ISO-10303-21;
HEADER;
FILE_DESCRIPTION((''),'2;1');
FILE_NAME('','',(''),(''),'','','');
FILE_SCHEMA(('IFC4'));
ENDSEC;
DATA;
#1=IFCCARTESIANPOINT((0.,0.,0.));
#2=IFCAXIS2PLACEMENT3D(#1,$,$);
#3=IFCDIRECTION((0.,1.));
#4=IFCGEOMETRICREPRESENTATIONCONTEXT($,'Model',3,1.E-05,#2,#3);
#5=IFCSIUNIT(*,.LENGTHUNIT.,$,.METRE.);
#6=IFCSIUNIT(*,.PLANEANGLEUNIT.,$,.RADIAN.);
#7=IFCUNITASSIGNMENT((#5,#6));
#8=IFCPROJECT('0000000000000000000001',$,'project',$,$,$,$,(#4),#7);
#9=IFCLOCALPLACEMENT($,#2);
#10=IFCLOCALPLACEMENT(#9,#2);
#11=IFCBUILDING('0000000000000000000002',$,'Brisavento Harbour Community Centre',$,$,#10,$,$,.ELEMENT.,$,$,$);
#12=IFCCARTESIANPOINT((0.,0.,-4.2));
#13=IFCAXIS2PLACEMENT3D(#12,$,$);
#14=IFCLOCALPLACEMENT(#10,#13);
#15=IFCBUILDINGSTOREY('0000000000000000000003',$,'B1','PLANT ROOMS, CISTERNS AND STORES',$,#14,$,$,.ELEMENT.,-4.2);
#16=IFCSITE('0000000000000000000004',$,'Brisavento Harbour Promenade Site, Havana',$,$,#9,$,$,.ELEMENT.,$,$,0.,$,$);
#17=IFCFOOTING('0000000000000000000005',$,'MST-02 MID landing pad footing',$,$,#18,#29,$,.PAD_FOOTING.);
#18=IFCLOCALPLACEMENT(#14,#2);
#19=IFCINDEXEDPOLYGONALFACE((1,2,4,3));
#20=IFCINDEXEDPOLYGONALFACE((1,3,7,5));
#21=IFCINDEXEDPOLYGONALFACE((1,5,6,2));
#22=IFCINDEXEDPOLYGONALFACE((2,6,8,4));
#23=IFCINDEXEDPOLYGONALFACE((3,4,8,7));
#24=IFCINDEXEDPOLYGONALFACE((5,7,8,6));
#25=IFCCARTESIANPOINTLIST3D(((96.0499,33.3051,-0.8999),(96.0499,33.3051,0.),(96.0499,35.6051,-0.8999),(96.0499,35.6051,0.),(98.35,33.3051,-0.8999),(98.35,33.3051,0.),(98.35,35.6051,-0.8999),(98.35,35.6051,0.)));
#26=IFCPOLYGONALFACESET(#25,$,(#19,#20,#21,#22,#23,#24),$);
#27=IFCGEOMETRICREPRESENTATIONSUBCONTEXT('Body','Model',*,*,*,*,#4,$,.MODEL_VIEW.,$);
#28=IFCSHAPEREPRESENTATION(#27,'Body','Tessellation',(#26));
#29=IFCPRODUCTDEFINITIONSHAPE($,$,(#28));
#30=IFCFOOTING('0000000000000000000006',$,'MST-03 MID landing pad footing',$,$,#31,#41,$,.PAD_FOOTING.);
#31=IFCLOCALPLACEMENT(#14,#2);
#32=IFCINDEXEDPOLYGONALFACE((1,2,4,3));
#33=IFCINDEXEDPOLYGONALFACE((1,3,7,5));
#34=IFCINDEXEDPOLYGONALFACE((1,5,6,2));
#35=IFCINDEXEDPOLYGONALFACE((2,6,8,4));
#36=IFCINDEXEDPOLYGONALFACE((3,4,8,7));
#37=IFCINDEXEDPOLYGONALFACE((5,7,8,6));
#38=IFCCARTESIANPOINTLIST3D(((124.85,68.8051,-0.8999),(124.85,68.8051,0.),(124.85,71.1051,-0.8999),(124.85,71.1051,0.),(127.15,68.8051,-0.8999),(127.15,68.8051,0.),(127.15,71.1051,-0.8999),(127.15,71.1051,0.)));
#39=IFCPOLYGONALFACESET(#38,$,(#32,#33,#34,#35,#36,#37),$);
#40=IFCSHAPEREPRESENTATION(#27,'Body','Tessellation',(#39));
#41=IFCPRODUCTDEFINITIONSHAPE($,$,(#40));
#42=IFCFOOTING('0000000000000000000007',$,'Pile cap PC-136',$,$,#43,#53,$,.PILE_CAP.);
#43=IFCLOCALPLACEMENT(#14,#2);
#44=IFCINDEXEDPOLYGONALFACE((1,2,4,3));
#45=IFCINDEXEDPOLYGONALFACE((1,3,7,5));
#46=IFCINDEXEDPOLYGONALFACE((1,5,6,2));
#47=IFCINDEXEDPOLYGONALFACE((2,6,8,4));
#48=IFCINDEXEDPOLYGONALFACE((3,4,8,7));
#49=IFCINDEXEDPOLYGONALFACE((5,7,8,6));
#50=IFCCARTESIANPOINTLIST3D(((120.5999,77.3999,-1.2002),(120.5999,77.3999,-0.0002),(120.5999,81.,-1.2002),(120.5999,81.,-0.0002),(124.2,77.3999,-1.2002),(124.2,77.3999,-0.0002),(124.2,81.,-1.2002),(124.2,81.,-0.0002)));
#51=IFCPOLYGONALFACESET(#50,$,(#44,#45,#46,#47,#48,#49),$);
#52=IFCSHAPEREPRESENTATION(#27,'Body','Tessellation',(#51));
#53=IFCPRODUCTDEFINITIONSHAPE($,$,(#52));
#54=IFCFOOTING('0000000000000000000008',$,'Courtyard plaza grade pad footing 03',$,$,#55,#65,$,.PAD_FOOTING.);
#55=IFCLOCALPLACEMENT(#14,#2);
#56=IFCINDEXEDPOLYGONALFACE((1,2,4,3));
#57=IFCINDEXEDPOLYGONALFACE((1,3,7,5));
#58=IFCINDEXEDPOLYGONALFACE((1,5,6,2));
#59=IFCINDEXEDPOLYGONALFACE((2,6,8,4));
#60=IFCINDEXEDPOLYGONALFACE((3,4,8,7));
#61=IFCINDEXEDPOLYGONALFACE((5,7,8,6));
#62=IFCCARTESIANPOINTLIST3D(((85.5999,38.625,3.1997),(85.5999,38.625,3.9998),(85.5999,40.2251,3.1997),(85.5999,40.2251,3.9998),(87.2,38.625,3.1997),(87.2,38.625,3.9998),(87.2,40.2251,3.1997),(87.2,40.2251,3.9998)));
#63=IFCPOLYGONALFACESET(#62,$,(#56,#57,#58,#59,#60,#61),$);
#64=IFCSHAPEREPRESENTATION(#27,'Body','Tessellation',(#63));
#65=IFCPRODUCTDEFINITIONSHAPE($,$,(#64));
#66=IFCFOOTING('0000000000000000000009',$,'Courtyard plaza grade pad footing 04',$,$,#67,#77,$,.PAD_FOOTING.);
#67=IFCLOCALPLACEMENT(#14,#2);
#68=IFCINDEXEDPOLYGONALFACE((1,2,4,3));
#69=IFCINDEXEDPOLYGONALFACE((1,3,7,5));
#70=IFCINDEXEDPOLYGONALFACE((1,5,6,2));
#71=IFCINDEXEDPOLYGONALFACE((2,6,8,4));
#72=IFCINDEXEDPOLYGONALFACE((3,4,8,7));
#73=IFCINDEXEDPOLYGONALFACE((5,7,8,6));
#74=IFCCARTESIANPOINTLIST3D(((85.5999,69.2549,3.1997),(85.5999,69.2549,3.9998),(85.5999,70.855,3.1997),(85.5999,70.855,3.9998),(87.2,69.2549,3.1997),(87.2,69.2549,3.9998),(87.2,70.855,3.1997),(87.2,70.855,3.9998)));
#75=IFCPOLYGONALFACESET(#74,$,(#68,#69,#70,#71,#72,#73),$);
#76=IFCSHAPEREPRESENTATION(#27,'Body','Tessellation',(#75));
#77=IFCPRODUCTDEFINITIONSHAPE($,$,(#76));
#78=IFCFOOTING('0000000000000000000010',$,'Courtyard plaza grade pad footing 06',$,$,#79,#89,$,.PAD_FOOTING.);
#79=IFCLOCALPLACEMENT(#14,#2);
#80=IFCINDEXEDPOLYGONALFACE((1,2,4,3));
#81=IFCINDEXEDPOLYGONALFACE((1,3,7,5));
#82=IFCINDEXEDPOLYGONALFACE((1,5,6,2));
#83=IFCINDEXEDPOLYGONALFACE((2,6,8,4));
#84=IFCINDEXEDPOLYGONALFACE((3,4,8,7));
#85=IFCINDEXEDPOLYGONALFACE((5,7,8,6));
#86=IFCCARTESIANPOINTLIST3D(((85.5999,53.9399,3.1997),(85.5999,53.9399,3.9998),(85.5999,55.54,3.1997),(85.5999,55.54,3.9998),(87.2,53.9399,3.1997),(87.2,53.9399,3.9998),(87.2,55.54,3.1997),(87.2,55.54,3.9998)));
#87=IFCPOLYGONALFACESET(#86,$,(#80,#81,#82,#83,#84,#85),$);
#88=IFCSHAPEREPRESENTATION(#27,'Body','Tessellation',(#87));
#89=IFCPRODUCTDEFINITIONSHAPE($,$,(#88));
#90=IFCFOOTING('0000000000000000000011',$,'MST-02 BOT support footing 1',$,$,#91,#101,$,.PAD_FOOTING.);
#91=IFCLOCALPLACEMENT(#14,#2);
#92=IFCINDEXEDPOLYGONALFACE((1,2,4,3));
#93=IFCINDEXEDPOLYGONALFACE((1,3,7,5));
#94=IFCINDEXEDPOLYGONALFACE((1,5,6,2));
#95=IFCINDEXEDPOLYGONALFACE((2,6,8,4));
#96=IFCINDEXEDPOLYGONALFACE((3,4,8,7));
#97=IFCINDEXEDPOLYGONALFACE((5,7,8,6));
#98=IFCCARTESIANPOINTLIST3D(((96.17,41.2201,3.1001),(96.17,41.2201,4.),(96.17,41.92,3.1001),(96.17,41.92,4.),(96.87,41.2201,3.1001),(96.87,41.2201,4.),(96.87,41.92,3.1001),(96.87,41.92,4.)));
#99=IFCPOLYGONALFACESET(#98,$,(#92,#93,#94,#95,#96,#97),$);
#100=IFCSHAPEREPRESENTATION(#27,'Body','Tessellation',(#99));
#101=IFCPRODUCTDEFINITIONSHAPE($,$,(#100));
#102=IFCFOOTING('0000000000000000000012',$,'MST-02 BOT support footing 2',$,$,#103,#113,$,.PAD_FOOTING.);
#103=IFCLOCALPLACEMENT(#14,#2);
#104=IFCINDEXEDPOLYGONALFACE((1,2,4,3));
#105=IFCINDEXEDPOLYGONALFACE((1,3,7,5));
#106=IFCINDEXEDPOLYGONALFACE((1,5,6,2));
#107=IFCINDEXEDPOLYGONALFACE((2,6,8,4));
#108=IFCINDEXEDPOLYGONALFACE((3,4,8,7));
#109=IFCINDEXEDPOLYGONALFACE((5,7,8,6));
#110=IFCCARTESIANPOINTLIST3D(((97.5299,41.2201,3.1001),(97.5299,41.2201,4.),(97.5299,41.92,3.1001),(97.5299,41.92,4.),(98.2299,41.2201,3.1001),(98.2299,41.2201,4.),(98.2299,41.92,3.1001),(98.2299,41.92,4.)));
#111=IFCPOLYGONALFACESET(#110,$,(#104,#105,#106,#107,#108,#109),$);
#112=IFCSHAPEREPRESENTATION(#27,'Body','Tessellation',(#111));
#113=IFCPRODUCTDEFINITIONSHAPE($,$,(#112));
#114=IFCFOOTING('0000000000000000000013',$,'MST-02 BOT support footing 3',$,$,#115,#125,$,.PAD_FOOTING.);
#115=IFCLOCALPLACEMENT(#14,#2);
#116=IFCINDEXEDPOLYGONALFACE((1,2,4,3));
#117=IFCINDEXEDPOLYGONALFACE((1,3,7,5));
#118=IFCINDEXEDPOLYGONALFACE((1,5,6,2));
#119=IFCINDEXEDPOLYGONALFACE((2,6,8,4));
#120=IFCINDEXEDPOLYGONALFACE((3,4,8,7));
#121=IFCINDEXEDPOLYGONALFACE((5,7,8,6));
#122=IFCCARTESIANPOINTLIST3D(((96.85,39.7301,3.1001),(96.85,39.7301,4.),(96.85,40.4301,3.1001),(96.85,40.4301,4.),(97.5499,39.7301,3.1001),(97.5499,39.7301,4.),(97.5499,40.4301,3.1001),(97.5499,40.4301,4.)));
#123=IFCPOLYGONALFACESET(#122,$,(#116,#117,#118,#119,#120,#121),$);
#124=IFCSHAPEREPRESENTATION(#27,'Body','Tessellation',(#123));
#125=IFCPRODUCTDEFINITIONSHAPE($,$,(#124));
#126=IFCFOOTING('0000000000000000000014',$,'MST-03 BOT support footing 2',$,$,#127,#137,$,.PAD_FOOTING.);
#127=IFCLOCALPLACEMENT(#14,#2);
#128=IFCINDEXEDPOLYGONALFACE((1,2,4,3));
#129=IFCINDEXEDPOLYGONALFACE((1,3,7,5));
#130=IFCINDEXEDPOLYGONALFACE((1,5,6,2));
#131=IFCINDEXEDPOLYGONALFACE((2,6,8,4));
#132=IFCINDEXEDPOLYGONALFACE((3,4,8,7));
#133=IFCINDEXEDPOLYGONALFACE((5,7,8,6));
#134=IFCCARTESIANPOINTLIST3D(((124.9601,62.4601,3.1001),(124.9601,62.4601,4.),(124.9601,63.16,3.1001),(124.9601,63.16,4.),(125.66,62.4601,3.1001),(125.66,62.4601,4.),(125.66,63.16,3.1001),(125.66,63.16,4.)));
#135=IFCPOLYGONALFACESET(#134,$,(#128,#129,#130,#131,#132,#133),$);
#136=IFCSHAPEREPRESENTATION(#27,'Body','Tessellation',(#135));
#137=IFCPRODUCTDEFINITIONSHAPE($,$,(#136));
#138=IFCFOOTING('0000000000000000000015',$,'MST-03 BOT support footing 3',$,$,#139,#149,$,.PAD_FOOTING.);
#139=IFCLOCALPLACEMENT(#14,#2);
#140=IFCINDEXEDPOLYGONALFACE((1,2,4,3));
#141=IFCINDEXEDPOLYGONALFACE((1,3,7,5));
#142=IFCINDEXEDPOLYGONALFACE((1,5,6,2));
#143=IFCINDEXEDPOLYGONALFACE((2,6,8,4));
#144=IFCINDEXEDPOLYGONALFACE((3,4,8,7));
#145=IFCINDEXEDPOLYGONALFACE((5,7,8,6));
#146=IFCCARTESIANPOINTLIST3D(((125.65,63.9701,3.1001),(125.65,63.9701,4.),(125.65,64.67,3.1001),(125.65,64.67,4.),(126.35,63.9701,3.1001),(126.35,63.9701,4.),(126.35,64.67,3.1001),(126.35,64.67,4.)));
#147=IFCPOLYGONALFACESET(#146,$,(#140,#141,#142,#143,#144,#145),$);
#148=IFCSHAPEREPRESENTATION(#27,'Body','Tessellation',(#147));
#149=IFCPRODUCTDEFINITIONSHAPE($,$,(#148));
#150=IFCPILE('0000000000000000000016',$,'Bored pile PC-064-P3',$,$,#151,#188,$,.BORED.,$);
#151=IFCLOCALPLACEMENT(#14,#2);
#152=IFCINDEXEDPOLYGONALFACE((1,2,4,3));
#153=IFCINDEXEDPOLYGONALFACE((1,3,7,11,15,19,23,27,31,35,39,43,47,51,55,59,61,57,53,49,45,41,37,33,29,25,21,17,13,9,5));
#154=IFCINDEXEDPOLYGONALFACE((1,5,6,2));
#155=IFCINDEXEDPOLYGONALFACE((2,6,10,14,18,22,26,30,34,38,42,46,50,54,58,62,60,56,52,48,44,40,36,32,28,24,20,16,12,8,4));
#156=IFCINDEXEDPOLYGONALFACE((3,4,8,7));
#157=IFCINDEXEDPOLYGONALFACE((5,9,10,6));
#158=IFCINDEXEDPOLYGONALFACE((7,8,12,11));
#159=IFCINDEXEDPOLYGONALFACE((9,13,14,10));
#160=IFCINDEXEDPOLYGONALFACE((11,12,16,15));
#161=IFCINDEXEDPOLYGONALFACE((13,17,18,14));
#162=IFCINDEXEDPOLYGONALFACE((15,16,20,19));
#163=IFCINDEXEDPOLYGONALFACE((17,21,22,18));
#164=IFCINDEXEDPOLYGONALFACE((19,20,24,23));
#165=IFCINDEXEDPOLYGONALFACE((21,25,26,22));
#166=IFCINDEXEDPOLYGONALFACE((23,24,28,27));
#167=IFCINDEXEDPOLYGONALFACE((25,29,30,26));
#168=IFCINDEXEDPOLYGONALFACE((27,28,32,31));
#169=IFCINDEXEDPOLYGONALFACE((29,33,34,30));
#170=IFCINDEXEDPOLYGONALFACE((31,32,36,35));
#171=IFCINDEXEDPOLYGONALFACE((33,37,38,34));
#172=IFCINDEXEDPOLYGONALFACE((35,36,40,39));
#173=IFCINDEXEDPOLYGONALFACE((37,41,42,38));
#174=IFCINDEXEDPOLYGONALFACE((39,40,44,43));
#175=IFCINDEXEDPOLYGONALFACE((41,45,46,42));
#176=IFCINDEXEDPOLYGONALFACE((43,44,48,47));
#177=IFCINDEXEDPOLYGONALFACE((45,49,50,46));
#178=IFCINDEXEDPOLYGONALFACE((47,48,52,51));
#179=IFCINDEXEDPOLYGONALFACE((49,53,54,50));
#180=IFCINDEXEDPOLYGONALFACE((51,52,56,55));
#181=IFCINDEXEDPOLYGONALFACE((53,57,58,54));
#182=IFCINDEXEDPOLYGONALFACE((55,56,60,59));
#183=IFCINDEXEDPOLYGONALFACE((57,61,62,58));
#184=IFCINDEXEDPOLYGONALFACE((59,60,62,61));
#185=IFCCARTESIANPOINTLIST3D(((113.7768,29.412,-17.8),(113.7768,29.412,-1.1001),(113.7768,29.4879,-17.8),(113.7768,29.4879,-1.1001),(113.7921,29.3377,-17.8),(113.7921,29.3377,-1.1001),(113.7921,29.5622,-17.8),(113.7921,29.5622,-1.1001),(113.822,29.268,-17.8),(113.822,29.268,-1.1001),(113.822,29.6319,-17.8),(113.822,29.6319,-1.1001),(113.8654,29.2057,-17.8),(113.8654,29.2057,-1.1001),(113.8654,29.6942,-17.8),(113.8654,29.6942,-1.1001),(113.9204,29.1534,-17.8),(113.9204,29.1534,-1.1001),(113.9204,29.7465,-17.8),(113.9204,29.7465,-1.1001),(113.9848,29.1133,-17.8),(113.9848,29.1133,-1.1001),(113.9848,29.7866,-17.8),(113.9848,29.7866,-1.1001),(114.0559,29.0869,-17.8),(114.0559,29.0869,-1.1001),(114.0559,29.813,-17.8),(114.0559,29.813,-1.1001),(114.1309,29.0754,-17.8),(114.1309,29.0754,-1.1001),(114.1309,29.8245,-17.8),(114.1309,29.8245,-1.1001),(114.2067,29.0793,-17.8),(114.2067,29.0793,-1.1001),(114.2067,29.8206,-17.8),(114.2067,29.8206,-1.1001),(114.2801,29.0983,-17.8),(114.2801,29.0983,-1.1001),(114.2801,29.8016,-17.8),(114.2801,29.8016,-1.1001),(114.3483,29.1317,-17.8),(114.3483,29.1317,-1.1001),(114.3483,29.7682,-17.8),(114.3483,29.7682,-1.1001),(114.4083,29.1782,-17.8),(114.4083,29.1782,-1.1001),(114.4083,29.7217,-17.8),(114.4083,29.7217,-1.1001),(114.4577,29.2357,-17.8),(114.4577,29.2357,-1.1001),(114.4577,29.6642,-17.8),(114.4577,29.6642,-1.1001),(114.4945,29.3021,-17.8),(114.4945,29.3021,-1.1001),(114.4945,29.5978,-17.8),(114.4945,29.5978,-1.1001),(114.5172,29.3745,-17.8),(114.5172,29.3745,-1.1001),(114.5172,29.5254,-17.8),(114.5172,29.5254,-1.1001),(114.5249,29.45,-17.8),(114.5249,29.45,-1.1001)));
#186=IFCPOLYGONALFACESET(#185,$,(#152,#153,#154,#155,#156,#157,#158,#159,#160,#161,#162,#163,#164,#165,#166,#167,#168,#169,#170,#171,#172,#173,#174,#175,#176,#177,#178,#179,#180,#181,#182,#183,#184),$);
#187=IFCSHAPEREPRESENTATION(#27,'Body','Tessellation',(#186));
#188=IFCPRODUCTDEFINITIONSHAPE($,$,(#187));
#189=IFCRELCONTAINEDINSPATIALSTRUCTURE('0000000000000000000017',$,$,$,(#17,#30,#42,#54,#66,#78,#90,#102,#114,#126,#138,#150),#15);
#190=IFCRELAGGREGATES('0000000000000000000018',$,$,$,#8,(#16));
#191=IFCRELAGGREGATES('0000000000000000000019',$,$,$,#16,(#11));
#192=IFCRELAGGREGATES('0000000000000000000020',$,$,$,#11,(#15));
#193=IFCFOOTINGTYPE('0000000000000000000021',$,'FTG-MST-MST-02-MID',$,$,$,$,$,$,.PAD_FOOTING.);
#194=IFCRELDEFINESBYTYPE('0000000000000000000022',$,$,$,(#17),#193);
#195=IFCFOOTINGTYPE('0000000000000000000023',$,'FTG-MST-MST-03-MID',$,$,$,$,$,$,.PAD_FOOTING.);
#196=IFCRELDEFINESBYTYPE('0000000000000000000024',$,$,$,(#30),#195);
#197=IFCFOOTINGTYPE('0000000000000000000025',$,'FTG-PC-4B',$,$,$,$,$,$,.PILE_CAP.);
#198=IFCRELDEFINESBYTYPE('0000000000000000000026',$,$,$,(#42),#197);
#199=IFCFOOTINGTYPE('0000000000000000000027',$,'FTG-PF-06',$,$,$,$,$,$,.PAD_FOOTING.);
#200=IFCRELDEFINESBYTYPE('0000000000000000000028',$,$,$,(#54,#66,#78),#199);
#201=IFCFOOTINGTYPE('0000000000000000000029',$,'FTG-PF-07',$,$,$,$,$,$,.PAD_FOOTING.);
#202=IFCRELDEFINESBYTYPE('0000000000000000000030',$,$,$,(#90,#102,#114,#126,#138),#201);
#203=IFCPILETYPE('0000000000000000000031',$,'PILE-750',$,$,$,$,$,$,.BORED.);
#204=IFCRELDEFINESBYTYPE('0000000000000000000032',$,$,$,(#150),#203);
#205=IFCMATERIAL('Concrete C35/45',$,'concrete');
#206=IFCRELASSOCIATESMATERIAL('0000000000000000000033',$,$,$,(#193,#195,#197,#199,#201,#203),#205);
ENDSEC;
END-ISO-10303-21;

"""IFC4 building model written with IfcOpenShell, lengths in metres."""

from ifc_helpers import new_model, si_unit, direction, frame, origin, origin_2d, place, context, subcontext, project, spatial, rectangle, circle, extrude, material, material_profile, profile_set, type_object, element, save


model = new_model("IFC4")

# Units and contexts
model_context = context("Model", 3, precision=1e-05, world=origin(), true_north=direction((0.0, 1.0)))
body_context = subcontext(model_context, "Body", "Model", "MODEL_VIEW")
ifc_project = project(units=[si_unit("LENGTHUNIT", "METRE"), si_unit("PLANEANGLEUNIT", "RADIAN")], contexts=[model_context])

# Site, building, storey
site_placement = place(None, origin())
site = spatial("IfcSite", under=ifc_project, at=site_placement, Name="Brisavento Harbour Promenade Site, Havana", CompositionType="ELEMENT", RefElevation=0.0)
building_placement = place(site_placement, origin())
building = spatial("IfcBuilding", under=site, at=building_placement, Name="Brisavento Harbour Community Centre", CompositionType="ELEMENT")
storey_placement = place(building_placement, frame((0.0, 0.0, -4.2)))
storey = spatial("IfcBuildingStorey", under=building, at=storey_placement, Name="B1", Description="PLANT ROOMS, CISTERNS AND STORES", CompositionType="ELEMENT", Elevation=-4.2)

# Footings
ifc_material_1 = material(Name="Concrete C35/45", Category="concrete")
footing_type_1 = type_object("IfcFootingType", Name="FTG-MST-MST-02-MID", PredefinedType="PAD_FOOTING", material=ifc_material_1)
footing_1_placement = place(storey_placement, frame((97.2, 34.4551, -0.8999), z_axis=(0.0, 0.0, 1.0), x_axis=(1.0, 0.0, 0.0)))
element("IfcFooting", 1, at=footing_1_placement, inside=storey, type_object=footing_type_1, Name="MST-02 MID landing pad footing", PredefinedType="PAD_FOOTING", context=body_context, shape_type="SweptSolid", body=[
    extrude(rectangle(XDim=2.3, YDim=2.3, at=origin_2d()), origin(), (0.0, 0.0, 1.0), 0.8999),
])
footing_type_2 = type_object("IfcFootingType", Name="FTG-MST-MST-03-MID", PredefinedType="PAD_FOOTING", material=ifc_material_1)
footing_2_placement = place(storey_placement, frame((126.0, 69.9551, -0.8999), z_axis=(0.0, 0.0, 1.0), x_axis=(1.0, 0.0, 0.0)))
element("IfcFooting", 2, at=footing_2_placement, inside=storey, type_object=footing_type_2, Name="MST-03 MID landing pad footing", PredefinedType="PAD_FOOTING", context=body_context, shape_type="SweptSolid", body=[
    extrude(rectangle(XDim=2.3, YDim=2.3, at=origin_2d()), origin(), (0.0, 0.0, 1.0), 0.8999),
])
footing_type_3 = type_object("IfcFootingType", Name="FTG-PC-4B", PredefinedType="PILE_CAP", material=ifc_material_1)
footing_3_placement = place(storey_placement, frame((122.3999, 79.2, -1.2002), z_axis=(0.0, 0.0, 1.0), x_axis=(1.0, 0.0, 0.0)))
element("IfcFooting", 3, at=footing_3_placement, inside=storey, type_object=footing_type_3, Name="Pile cap PC-136", PredefinedType="PILE_CAP", context=body_context, shape_type="SweptSolid", body=[
    extrude(rectangle(XDim=3.6001, YDim=3.6001, at=origin_2d()), origin(), (0.0, 0.0, 1.0), 1.2),
])
footing_type_4 = type_object("IfcFootingType", Name="FTG-PF-06", PredefinedType="PAD_FOOTING", material=ifc_material_1)
for number, where, z_axis, x_axis, name in (
    (4, (86.3999, 39.425, 3.1997), (0.0, 0.0, 1.0), (1.0, 0.0, 0.0), "Courtyard plaza grade pad footing 03"),
    (5, (86.3999, 70.0549, 3.1997), (0.0, 0.0, 1.0), (1.0, 0.0, 0.0), "Courtyard plaza grade pad footing 04"),
    (6, (86.3999, 54.74, 3.1997), (0.0, 0.0, 1.0), (1.0, 0.0, 0.0), "Courtyard plaza grade pad footing 06"),
):
    element("IfcFooting", number, at=place(storey_placement, frame(where, z_axis=z_axis, x_axis=x_axis)), inside=storey, type_object=footing_type_4, Name=name, PredefinedType="PAD_FOOTING", context=body_context, shape_type="SweptSolid", body=[
        extrude(rectangle(XDim=1.6001, YDim=1.6001, at=origin_2d()), origin(), (0.0, 0.0, 1.0), 0.8),
    ])
footing_type_5 = type_object("IfcFootingType", Name="FTG-PF-07", PredefinedType="PAD_FOOTING", material=ifc_material_1)
for number, where, z_axis, x_axis, name in (
    (7, (96.52, 41.5701, 3.1001), (0.0, 0.0, 1.0), (1.0, 0.0, 0.0), "MST-02 BOT support footing 1"),
    (8, (97.8799, 41.5701, 3.1001), (0.0, 0.0, 1.0), (1.0, 0.0, 0.0), "MST-02 BOT support footing 2"),
    (9, (97.2, 40.0801, 3.1001), (0.0, 0.0, 1.0), (1.0, 0.0, 0.0), "MST-02 BOT support footing 3"),
    (10, (125.3101, 62.8101, 3.1001), (0.0, 0.0, 1.0), (1.0, 0.0, 0.0), "MST-03 BOT support footing 2"),
    (11, (126.0, 64.3201, 3.1001), (0.0, 0.0, 1.0), (1.0, 0.0, 0.0), "MST-03 BOT support footing 3"),
):
    element("IfcFooting", number, at=place(storey_placement, frame(where, z_axis=z_axis, x_axis=x_axis)), inside=storey, type_object=footing_type_5, Name=name, PredefinedType="PAD_FOOTING", context=body_context, shape_type="SweptSolid", body=[
        extrude(rectangle(XDim=0.7, YDim=0.7, at=origin_2d()), origin(), (0.0, 0.0, 1.0), 0.8999),
    ])

# Pile
ifc_material_profile_1 = material_profile(ifc_material_1, circle(Radius=0.375, at=origin_2d()), Name="Concrete C35/45")
ifc_profile_set_1 = profile_set([ifc_material_profile_1], Name="Concrete C35/45")
pile_type = type_object("IfcPileType", Name="PILE-750", PredefinedType="BORED", material=ifc_profile_set_1)
for number, where, z_axis, x_axis, name in (
    (12, (114.1499, 29.45, -1.1001), (0.0, 0.0, -1.0), (1.0, 0.0, 0.0), "Bored pile PC-064-P3"),
):
    element("IfcPile", number, at=place(storey_placement, frame(where, z_axis=z_axis, x_axis=x_axis)), inside=storey, type_object=pile_type, Name=name, PredefinedType="BORED", context=body_context, shape_type="SweptSolid", body=[
        extrude(circle(Radius=0.375, at=origin_2d()), origin(), (0.0, 0.0, 1.0), 16.7),
    ])

save(model, "model.ifc")
